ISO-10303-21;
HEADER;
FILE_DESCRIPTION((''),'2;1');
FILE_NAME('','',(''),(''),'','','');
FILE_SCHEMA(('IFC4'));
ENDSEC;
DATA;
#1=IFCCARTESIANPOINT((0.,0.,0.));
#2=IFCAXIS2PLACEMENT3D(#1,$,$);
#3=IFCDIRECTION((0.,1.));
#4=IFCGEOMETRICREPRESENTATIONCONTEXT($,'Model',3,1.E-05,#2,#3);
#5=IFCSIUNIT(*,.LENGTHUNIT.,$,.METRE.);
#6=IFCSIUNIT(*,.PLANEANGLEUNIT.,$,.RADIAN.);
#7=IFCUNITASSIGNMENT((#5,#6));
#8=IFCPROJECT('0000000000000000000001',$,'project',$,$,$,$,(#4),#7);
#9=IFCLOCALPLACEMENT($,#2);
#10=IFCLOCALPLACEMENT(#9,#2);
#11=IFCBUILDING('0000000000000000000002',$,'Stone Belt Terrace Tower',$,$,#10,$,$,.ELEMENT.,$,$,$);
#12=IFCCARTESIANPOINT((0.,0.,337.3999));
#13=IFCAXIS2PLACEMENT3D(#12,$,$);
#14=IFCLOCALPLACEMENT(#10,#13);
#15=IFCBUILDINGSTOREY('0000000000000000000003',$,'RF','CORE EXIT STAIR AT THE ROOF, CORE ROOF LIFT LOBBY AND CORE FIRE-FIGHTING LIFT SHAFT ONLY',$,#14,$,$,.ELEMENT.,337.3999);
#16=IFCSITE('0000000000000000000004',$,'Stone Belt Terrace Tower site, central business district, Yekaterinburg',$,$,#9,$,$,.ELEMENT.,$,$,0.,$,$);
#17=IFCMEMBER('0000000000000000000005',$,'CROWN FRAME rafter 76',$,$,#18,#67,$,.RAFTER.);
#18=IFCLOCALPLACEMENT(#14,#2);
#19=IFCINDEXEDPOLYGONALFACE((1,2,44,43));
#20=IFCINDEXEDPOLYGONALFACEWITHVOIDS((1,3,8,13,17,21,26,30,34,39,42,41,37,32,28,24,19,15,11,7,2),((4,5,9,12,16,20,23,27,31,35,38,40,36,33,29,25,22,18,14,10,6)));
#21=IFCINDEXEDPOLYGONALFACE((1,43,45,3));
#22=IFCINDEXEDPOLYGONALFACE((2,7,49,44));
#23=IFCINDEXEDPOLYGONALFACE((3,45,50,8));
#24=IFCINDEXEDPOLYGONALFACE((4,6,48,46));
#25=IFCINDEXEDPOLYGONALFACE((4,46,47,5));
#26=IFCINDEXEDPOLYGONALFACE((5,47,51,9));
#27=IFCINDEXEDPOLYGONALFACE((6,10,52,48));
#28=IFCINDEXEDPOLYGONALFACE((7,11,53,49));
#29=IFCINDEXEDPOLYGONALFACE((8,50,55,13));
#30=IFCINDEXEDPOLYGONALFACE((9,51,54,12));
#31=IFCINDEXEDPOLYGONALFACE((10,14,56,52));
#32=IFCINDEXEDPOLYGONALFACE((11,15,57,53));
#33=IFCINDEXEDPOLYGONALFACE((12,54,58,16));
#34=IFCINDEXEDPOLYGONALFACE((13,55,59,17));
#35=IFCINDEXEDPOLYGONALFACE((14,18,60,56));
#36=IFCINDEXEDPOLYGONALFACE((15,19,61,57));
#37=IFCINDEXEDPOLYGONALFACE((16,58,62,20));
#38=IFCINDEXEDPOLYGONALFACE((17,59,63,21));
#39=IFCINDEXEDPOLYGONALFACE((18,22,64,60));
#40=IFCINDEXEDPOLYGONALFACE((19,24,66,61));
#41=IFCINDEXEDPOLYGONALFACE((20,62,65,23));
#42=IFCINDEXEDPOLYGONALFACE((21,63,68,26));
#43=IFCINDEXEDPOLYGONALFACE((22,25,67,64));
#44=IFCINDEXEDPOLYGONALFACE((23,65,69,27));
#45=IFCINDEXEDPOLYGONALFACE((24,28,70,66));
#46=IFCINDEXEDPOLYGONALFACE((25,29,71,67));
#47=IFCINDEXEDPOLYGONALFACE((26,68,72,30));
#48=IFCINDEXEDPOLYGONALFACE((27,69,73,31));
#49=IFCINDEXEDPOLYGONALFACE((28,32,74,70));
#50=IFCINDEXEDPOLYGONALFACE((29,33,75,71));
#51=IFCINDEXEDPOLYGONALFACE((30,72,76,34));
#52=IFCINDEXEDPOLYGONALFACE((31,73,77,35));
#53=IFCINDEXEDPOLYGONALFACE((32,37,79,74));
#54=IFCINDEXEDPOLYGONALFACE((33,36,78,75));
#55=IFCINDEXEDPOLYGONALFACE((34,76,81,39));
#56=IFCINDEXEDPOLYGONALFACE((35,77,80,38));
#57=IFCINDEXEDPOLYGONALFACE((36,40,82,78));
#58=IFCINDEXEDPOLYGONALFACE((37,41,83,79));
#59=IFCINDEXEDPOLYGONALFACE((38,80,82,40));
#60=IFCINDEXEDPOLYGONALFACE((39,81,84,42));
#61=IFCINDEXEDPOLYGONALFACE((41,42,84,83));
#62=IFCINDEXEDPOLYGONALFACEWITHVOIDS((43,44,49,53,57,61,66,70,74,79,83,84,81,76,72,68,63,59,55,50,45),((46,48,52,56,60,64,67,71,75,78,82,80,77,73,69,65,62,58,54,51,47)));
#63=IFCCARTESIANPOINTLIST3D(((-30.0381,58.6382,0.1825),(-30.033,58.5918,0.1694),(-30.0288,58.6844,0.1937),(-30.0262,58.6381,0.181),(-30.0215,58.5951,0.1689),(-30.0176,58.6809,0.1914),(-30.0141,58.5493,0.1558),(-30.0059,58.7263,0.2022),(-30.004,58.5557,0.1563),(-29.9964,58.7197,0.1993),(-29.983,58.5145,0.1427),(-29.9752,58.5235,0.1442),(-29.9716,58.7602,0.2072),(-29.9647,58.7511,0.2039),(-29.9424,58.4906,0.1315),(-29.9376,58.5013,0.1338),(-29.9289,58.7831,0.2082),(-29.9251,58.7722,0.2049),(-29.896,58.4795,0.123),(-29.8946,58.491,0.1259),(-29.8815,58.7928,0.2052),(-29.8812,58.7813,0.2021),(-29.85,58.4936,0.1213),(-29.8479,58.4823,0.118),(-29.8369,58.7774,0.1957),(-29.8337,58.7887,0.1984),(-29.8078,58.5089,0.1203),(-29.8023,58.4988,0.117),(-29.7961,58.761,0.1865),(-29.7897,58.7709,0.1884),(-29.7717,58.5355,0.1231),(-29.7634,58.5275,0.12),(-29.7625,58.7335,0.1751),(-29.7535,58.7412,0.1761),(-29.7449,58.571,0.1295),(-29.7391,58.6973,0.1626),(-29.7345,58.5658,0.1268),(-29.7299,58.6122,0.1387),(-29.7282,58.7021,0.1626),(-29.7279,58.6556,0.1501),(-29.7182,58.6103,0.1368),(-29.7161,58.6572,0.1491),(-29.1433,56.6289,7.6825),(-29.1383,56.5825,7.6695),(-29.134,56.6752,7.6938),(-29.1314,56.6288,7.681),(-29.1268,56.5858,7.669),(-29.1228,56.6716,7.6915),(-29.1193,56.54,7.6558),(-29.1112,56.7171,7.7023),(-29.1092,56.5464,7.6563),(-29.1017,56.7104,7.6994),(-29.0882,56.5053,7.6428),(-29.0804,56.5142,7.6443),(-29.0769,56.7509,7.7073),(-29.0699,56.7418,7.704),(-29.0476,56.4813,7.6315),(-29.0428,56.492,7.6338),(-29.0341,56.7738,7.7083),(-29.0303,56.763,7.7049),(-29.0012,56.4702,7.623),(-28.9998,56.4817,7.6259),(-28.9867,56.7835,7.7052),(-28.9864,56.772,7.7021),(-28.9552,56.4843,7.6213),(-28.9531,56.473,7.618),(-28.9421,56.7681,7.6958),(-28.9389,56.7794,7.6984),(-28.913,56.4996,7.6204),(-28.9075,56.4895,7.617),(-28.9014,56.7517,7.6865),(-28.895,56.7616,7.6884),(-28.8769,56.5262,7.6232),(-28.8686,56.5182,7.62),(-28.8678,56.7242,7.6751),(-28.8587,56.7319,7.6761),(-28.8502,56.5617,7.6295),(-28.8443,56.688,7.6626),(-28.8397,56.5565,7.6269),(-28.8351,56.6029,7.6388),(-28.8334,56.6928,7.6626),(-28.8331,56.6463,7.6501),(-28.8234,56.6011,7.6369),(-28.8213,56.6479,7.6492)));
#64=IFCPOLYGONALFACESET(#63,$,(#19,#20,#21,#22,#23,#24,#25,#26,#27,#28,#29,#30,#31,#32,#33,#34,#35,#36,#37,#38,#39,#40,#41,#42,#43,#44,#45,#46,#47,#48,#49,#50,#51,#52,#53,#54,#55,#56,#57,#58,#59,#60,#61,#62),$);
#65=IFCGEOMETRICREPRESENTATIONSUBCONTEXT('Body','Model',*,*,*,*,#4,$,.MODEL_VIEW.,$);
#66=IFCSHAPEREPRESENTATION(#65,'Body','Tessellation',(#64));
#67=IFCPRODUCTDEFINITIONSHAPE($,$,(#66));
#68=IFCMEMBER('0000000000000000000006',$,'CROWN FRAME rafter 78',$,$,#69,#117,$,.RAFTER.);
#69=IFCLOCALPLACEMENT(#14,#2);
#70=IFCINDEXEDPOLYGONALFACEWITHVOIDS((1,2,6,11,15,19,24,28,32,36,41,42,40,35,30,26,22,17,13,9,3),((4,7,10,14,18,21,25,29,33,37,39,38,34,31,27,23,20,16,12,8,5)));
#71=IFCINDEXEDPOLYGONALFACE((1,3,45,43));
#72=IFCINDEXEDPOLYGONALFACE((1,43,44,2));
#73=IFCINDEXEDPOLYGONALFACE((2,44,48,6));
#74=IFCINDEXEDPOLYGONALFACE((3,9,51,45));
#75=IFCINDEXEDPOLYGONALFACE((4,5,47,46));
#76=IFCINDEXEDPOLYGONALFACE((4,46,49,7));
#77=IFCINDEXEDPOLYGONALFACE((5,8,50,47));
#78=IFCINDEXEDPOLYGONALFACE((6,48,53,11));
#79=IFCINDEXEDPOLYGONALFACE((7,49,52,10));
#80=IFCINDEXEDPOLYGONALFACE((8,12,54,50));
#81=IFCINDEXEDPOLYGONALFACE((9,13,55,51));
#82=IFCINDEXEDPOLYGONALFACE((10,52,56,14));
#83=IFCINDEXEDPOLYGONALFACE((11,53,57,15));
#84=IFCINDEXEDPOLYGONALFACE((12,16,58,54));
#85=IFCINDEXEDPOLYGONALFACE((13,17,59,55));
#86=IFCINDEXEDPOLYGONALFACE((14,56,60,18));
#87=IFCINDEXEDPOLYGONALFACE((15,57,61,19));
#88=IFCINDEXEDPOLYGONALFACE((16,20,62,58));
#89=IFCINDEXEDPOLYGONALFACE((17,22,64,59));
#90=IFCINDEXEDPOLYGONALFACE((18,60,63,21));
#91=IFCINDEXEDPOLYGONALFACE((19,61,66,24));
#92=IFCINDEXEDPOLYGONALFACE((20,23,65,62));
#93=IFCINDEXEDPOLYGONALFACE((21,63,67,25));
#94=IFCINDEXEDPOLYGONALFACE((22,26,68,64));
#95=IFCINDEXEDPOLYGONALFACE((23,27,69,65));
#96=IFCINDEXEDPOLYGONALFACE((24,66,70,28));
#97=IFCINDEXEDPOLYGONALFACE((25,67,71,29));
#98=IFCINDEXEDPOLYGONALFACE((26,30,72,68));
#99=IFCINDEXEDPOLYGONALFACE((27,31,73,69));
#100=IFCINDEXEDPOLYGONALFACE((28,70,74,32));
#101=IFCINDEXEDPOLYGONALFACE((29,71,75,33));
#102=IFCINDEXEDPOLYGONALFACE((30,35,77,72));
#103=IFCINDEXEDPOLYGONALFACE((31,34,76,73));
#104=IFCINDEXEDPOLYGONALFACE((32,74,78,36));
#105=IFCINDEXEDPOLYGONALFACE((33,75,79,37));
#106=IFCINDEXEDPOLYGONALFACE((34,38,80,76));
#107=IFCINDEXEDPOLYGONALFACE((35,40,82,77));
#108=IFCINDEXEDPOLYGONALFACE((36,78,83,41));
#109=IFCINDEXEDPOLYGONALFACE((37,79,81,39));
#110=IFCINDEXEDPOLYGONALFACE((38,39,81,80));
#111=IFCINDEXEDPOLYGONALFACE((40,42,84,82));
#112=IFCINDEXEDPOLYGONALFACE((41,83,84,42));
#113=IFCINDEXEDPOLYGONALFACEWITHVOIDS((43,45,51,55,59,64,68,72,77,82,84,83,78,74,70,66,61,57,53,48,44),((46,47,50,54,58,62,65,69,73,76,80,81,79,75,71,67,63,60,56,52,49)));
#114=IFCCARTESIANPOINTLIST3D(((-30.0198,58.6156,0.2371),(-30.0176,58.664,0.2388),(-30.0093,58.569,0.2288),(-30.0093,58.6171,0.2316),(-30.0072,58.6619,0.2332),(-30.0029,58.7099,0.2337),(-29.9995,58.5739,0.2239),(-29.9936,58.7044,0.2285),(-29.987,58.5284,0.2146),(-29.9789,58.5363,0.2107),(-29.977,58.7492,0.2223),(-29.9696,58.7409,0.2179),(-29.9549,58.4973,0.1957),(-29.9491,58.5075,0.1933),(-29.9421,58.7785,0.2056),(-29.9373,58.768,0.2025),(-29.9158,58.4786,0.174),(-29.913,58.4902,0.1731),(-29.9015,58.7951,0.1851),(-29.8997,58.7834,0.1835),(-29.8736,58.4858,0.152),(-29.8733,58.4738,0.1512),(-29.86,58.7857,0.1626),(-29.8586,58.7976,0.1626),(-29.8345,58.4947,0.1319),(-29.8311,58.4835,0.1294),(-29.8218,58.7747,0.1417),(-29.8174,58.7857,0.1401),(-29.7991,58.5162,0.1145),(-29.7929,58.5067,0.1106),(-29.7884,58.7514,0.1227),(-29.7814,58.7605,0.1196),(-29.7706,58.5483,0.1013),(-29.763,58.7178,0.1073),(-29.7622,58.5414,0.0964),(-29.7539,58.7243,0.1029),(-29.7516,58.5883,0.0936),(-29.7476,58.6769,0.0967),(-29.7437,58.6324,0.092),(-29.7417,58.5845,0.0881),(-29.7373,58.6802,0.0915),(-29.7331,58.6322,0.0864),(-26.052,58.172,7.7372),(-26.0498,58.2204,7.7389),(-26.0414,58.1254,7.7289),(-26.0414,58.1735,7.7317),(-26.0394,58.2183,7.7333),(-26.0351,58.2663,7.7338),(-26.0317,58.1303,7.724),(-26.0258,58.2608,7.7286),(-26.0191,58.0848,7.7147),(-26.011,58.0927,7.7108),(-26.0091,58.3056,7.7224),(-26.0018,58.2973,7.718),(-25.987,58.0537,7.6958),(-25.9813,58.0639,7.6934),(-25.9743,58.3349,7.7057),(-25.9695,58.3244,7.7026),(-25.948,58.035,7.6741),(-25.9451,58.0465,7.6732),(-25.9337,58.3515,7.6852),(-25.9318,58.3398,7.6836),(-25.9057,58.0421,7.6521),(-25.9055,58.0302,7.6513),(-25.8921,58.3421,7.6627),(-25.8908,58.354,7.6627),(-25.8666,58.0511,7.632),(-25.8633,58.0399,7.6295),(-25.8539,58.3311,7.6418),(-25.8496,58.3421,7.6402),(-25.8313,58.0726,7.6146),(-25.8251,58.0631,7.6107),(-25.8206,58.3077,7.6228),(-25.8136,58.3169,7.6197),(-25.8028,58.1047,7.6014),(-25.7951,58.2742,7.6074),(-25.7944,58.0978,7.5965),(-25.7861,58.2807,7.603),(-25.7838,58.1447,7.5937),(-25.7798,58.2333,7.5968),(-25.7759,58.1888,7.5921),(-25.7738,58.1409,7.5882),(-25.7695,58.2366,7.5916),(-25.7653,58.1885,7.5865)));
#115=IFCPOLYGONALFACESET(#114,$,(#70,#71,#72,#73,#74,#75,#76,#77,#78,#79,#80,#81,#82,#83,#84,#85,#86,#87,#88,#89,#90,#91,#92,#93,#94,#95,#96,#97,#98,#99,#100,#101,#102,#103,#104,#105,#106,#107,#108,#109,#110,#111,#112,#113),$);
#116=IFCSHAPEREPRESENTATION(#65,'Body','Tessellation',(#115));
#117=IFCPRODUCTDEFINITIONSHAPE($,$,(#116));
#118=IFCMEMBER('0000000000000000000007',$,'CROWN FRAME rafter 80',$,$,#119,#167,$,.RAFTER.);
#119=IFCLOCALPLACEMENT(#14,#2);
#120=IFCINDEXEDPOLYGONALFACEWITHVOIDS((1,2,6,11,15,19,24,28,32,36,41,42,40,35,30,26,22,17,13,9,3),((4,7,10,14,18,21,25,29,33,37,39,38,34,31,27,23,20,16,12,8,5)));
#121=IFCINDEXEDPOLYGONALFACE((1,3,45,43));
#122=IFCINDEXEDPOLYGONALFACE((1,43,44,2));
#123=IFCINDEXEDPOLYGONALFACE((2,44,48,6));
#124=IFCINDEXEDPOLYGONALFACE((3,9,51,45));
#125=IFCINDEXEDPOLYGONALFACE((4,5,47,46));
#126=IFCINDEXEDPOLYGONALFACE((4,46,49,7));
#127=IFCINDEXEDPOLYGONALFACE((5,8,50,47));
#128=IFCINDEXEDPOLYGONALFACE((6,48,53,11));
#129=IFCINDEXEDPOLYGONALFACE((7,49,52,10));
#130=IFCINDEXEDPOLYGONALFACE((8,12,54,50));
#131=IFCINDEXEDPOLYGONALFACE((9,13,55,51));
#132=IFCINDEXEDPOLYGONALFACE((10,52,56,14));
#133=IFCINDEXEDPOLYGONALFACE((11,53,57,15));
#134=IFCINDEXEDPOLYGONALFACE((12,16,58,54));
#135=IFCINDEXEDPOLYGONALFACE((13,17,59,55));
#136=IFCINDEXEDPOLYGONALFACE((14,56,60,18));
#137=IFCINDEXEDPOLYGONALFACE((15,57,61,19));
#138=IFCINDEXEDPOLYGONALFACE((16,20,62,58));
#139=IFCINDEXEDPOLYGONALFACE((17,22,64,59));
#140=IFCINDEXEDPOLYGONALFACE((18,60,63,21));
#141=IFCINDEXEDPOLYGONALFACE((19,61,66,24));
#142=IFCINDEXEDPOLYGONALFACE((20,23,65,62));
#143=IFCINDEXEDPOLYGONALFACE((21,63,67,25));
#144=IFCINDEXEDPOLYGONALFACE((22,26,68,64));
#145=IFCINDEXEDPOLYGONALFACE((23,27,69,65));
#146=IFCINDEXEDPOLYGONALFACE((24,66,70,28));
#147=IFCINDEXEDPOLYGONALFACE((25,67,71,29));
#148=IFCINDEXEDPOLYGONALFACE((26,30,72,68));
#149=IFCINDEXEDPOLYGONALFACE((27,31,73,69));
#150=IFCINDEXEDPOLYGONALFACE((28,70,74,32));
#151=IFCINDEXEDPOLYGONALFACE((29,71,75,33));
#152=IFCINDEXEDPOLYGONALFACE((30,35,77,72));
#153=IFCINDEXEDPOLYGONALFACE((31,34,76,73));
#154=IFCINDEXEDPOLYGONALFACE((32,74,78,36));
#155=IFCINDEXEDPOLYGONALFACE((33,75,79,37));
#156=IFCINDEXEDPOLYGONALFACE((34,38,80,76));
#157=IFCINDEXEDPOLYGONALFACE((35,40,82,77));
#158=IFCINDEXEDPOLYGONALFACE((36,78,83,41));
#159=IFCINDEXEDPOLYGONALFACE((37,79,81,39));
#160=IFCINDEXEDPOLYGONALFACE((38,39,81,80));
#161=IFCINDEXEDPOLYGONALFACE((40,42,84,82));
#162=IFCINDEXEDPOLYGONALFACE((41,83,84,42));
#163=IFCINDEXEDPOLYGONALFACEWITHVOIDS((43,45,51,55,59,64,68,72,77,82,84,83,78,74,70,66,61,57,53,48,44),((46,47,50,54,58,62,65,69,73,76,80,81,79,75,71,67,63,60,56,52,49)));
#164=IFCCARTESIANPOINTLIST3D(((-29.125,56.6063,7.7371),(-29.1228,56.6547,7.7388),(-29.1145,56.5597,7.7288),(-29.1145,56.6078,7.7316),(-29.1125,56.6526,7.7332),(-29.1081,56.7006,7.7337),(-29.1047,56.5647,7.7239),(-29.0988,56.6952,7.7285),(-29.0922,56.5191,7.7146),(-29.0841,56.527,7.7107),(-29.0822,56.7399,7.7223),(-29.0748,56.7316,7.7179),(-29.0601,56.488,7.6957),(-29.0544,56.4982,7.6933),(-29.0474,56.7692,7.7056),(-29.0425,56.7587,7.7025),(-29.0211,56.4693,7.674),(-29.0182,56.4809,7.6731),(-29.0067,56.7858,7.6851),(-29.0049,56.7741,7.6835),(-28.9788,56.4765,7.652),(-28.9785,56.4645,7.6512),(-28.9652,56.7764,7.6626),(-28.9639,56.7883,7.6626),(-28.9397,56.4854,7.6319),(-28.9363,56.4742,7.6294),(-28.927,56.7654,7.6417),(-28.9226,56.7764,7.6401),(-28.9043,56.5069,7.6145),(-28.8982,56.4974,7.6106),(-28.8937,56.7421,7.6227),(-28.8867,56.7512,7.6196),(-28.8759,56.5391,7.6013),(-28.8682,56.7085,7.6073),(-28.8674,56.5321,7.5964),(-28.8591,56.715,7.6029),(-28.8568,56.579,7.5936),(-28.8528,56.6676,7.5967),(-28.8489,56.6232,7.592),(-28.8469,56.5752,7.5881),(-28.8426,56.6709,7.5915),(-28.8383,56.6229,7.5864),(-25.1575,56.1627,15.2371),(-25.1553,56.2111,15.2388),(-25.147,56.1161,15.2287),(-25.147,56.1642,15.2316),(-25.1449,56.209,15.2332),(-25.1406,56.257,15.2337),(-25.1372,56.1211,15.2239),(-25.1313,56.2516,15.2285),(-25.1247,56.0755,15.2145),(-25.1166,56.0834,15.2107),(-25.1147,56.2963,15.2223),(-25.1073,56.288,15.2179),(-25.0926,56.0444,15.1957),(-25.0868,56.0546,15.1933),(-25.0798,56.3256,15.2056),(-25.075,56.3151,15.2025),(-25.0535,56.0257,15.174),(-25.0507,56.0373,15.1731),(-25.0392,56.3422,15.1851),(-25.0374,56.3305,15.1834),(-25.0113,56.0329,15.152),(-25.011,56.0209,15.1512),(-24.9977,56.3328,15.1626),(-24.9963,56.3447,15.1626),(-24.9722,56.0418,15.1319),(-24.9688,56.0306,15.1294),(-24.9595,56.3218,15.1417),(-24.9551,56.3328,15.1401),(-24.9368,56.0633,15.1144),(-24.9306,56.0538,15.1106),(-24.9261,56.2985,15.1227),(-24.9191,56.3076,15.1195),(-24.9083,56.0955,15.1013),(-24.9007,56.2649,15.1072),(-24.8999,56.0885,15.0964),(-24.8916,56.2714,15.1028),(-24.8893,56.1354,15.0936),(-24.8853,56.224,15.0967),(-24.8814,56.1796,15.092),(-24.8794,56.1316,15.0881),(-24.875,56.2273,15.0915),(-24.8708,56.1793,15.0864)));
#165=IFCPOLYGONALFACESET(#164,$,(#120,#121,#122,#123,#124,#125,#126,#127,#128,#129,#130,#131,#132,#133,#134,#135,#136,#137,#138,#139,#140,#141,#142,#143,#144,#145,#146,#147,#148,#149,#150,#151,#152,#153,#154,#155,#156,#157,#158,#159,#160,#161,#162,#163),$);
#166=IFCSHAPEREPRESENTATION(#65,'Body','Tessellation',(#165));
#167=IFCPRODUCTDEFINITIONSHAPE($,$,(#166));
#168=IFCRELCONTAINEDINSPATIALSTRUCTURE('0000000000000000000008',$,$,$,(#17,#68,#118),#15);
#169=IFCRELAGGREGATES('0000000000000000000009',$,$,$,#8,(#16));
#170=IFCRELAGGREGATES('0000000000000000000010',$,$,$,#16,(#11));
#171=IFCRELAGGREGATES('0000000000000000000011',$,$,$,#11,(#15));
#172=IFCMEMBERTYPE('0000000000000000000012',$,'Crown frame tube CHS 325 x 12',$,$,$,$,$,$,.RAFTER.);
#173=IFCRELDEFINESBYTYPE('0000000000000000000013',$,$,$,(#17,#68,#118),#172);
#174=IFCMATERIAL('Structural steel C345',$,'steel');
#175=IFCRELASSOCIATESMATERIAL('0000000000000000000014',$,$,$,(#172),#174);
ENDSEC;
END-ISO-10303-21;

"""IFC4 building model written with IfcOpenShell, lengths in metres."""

from ifc_helpers import new_model, si_unit, direction, frame, origin, origin_2d, place, context, subcontext, project, spatial, hollow_circle, extrude, material, material_profile, profile_set, type_object, element, save


model = new_model("IFC4")

# Units and contexts
model_context = context("Model", 3, precision=1e-05, world=origin(), true_north=direction((0.0, 1.0)))
body_context = subcontext(model_context, "Body", "Model", "MODEL_VIEW")
ifc_project = project(units=[si_unit("LENGTHUNIT", "METRE"), si_unit("PLANEANGLEUNIT", "RADIAN")], contexts=[model_context])

# Site, building, storey
site_placement = place(None, origin())
site = spatial("IfcSite", under=ifc_project, at=site_placement, Name="Stone Belt Terrace Tower site, central business district, Yekaterinburg", CompositionType="ELEMENT", RefElevation=0.0)
building_placement = place(site_placement, origin())
building = spatial("IfcBuilding", under=site, at=building_placement, Name="Stone Belt Terrace Tower", CompositionType="ELEMENT")
storey_placement = place(building_placement, frame((0.0, 0.0, 337.3999)))
storey = spatial("IfcBuildingStorey", under=building, at=storey_placement, Name="RF", Description="CORE EXIT STAIR AT THE ROOF, CORE ROOF LIFT LOBBY AND CORE FIRE-FIGHTING LIFT SHAFT ONLY", CompositionType="ELEMENT", Elevation=337.3999)

# Members
ifc_material_1 = material(Name="Structural steel C345", Category="steel")
ifc_material_profile_1 = material_profile(ifc_material_1, hollow_circle(Radius=0.1626, WallThickness=0.012, at=origin_2d()), Name="Structural steel C345 CHS 325x12")
ifc_profile_set_1 = profile_set([ifc_material_profile_1], Name="Structural steel C345")
member_type_1 = type_object("IfcMemberType", Name="Crown frame tube CHS 325 x 12", PredefinedType="RAFTER", material=ifc_profile_set_1)
member_1_placement = place(storey_placement, frame((-29.8767, 58.636, 0.1626), z_axis=(0.114482, -0.257077, 0.959586), x_axis=(0.913514, 0.406808, 0.0)))
element("IfcMember", 1, at=member_1_placement, inside=storey, type_object=member_type_1, Name="CROWN FRAME rafter 76", PredefinedType="RAFTER", context=body_context, shape_type="SweptSolid", body=[
    extrude(hollow_circle(Radius=0.1626, WallThickness=0.012, at=origin_2d()), origin(), (0.0, 0.0, 1.0), 7.8159),
])
member_2_placement = place(storey_placement, frame((-29.8767, 58.636, 0.1626), z_axis=(0.466991, -0.05221, 0.882719), x_axis=(0.111109, 0.993808, 0.0)))
element("IfcMember", 2, at=member_2_placement, inside=storey, type_object=member_type_1, Name="CROWN FRAME rafter 78", PredefinedType="RAFTER", context=body_context, shape_type="SweptSolid", body=[
    extrude(hollow_circle(Radius=0.1626, WallThickness=0.012, at=origin_2d()), origin(), (0.0, 0.0, 1.0), 8.4966),
])
member_3_placement = place(storey_placement, frame((-28.9819, 56.6267, 7.6626), z_axis=(0.466968, -0.052211, 0.882731), x_axis=(0.111116, 0.993807, 0.0)))
element("IfcMember", 3, at=member_3_placement, inside=storey, type_object=member_type_1, Name="CROWN FRAME rafter 80", PredefinedType="RAFTER", context=body_context, shape_type="SweptSolid", body=[
    extrude(hollow_circle(Radius=0.1626, WallThickness=0.012, at=origin_2d()), origin(), (0.0, 0.0, 1.0), 8.4963),
])

save(model, "model.ifc")
